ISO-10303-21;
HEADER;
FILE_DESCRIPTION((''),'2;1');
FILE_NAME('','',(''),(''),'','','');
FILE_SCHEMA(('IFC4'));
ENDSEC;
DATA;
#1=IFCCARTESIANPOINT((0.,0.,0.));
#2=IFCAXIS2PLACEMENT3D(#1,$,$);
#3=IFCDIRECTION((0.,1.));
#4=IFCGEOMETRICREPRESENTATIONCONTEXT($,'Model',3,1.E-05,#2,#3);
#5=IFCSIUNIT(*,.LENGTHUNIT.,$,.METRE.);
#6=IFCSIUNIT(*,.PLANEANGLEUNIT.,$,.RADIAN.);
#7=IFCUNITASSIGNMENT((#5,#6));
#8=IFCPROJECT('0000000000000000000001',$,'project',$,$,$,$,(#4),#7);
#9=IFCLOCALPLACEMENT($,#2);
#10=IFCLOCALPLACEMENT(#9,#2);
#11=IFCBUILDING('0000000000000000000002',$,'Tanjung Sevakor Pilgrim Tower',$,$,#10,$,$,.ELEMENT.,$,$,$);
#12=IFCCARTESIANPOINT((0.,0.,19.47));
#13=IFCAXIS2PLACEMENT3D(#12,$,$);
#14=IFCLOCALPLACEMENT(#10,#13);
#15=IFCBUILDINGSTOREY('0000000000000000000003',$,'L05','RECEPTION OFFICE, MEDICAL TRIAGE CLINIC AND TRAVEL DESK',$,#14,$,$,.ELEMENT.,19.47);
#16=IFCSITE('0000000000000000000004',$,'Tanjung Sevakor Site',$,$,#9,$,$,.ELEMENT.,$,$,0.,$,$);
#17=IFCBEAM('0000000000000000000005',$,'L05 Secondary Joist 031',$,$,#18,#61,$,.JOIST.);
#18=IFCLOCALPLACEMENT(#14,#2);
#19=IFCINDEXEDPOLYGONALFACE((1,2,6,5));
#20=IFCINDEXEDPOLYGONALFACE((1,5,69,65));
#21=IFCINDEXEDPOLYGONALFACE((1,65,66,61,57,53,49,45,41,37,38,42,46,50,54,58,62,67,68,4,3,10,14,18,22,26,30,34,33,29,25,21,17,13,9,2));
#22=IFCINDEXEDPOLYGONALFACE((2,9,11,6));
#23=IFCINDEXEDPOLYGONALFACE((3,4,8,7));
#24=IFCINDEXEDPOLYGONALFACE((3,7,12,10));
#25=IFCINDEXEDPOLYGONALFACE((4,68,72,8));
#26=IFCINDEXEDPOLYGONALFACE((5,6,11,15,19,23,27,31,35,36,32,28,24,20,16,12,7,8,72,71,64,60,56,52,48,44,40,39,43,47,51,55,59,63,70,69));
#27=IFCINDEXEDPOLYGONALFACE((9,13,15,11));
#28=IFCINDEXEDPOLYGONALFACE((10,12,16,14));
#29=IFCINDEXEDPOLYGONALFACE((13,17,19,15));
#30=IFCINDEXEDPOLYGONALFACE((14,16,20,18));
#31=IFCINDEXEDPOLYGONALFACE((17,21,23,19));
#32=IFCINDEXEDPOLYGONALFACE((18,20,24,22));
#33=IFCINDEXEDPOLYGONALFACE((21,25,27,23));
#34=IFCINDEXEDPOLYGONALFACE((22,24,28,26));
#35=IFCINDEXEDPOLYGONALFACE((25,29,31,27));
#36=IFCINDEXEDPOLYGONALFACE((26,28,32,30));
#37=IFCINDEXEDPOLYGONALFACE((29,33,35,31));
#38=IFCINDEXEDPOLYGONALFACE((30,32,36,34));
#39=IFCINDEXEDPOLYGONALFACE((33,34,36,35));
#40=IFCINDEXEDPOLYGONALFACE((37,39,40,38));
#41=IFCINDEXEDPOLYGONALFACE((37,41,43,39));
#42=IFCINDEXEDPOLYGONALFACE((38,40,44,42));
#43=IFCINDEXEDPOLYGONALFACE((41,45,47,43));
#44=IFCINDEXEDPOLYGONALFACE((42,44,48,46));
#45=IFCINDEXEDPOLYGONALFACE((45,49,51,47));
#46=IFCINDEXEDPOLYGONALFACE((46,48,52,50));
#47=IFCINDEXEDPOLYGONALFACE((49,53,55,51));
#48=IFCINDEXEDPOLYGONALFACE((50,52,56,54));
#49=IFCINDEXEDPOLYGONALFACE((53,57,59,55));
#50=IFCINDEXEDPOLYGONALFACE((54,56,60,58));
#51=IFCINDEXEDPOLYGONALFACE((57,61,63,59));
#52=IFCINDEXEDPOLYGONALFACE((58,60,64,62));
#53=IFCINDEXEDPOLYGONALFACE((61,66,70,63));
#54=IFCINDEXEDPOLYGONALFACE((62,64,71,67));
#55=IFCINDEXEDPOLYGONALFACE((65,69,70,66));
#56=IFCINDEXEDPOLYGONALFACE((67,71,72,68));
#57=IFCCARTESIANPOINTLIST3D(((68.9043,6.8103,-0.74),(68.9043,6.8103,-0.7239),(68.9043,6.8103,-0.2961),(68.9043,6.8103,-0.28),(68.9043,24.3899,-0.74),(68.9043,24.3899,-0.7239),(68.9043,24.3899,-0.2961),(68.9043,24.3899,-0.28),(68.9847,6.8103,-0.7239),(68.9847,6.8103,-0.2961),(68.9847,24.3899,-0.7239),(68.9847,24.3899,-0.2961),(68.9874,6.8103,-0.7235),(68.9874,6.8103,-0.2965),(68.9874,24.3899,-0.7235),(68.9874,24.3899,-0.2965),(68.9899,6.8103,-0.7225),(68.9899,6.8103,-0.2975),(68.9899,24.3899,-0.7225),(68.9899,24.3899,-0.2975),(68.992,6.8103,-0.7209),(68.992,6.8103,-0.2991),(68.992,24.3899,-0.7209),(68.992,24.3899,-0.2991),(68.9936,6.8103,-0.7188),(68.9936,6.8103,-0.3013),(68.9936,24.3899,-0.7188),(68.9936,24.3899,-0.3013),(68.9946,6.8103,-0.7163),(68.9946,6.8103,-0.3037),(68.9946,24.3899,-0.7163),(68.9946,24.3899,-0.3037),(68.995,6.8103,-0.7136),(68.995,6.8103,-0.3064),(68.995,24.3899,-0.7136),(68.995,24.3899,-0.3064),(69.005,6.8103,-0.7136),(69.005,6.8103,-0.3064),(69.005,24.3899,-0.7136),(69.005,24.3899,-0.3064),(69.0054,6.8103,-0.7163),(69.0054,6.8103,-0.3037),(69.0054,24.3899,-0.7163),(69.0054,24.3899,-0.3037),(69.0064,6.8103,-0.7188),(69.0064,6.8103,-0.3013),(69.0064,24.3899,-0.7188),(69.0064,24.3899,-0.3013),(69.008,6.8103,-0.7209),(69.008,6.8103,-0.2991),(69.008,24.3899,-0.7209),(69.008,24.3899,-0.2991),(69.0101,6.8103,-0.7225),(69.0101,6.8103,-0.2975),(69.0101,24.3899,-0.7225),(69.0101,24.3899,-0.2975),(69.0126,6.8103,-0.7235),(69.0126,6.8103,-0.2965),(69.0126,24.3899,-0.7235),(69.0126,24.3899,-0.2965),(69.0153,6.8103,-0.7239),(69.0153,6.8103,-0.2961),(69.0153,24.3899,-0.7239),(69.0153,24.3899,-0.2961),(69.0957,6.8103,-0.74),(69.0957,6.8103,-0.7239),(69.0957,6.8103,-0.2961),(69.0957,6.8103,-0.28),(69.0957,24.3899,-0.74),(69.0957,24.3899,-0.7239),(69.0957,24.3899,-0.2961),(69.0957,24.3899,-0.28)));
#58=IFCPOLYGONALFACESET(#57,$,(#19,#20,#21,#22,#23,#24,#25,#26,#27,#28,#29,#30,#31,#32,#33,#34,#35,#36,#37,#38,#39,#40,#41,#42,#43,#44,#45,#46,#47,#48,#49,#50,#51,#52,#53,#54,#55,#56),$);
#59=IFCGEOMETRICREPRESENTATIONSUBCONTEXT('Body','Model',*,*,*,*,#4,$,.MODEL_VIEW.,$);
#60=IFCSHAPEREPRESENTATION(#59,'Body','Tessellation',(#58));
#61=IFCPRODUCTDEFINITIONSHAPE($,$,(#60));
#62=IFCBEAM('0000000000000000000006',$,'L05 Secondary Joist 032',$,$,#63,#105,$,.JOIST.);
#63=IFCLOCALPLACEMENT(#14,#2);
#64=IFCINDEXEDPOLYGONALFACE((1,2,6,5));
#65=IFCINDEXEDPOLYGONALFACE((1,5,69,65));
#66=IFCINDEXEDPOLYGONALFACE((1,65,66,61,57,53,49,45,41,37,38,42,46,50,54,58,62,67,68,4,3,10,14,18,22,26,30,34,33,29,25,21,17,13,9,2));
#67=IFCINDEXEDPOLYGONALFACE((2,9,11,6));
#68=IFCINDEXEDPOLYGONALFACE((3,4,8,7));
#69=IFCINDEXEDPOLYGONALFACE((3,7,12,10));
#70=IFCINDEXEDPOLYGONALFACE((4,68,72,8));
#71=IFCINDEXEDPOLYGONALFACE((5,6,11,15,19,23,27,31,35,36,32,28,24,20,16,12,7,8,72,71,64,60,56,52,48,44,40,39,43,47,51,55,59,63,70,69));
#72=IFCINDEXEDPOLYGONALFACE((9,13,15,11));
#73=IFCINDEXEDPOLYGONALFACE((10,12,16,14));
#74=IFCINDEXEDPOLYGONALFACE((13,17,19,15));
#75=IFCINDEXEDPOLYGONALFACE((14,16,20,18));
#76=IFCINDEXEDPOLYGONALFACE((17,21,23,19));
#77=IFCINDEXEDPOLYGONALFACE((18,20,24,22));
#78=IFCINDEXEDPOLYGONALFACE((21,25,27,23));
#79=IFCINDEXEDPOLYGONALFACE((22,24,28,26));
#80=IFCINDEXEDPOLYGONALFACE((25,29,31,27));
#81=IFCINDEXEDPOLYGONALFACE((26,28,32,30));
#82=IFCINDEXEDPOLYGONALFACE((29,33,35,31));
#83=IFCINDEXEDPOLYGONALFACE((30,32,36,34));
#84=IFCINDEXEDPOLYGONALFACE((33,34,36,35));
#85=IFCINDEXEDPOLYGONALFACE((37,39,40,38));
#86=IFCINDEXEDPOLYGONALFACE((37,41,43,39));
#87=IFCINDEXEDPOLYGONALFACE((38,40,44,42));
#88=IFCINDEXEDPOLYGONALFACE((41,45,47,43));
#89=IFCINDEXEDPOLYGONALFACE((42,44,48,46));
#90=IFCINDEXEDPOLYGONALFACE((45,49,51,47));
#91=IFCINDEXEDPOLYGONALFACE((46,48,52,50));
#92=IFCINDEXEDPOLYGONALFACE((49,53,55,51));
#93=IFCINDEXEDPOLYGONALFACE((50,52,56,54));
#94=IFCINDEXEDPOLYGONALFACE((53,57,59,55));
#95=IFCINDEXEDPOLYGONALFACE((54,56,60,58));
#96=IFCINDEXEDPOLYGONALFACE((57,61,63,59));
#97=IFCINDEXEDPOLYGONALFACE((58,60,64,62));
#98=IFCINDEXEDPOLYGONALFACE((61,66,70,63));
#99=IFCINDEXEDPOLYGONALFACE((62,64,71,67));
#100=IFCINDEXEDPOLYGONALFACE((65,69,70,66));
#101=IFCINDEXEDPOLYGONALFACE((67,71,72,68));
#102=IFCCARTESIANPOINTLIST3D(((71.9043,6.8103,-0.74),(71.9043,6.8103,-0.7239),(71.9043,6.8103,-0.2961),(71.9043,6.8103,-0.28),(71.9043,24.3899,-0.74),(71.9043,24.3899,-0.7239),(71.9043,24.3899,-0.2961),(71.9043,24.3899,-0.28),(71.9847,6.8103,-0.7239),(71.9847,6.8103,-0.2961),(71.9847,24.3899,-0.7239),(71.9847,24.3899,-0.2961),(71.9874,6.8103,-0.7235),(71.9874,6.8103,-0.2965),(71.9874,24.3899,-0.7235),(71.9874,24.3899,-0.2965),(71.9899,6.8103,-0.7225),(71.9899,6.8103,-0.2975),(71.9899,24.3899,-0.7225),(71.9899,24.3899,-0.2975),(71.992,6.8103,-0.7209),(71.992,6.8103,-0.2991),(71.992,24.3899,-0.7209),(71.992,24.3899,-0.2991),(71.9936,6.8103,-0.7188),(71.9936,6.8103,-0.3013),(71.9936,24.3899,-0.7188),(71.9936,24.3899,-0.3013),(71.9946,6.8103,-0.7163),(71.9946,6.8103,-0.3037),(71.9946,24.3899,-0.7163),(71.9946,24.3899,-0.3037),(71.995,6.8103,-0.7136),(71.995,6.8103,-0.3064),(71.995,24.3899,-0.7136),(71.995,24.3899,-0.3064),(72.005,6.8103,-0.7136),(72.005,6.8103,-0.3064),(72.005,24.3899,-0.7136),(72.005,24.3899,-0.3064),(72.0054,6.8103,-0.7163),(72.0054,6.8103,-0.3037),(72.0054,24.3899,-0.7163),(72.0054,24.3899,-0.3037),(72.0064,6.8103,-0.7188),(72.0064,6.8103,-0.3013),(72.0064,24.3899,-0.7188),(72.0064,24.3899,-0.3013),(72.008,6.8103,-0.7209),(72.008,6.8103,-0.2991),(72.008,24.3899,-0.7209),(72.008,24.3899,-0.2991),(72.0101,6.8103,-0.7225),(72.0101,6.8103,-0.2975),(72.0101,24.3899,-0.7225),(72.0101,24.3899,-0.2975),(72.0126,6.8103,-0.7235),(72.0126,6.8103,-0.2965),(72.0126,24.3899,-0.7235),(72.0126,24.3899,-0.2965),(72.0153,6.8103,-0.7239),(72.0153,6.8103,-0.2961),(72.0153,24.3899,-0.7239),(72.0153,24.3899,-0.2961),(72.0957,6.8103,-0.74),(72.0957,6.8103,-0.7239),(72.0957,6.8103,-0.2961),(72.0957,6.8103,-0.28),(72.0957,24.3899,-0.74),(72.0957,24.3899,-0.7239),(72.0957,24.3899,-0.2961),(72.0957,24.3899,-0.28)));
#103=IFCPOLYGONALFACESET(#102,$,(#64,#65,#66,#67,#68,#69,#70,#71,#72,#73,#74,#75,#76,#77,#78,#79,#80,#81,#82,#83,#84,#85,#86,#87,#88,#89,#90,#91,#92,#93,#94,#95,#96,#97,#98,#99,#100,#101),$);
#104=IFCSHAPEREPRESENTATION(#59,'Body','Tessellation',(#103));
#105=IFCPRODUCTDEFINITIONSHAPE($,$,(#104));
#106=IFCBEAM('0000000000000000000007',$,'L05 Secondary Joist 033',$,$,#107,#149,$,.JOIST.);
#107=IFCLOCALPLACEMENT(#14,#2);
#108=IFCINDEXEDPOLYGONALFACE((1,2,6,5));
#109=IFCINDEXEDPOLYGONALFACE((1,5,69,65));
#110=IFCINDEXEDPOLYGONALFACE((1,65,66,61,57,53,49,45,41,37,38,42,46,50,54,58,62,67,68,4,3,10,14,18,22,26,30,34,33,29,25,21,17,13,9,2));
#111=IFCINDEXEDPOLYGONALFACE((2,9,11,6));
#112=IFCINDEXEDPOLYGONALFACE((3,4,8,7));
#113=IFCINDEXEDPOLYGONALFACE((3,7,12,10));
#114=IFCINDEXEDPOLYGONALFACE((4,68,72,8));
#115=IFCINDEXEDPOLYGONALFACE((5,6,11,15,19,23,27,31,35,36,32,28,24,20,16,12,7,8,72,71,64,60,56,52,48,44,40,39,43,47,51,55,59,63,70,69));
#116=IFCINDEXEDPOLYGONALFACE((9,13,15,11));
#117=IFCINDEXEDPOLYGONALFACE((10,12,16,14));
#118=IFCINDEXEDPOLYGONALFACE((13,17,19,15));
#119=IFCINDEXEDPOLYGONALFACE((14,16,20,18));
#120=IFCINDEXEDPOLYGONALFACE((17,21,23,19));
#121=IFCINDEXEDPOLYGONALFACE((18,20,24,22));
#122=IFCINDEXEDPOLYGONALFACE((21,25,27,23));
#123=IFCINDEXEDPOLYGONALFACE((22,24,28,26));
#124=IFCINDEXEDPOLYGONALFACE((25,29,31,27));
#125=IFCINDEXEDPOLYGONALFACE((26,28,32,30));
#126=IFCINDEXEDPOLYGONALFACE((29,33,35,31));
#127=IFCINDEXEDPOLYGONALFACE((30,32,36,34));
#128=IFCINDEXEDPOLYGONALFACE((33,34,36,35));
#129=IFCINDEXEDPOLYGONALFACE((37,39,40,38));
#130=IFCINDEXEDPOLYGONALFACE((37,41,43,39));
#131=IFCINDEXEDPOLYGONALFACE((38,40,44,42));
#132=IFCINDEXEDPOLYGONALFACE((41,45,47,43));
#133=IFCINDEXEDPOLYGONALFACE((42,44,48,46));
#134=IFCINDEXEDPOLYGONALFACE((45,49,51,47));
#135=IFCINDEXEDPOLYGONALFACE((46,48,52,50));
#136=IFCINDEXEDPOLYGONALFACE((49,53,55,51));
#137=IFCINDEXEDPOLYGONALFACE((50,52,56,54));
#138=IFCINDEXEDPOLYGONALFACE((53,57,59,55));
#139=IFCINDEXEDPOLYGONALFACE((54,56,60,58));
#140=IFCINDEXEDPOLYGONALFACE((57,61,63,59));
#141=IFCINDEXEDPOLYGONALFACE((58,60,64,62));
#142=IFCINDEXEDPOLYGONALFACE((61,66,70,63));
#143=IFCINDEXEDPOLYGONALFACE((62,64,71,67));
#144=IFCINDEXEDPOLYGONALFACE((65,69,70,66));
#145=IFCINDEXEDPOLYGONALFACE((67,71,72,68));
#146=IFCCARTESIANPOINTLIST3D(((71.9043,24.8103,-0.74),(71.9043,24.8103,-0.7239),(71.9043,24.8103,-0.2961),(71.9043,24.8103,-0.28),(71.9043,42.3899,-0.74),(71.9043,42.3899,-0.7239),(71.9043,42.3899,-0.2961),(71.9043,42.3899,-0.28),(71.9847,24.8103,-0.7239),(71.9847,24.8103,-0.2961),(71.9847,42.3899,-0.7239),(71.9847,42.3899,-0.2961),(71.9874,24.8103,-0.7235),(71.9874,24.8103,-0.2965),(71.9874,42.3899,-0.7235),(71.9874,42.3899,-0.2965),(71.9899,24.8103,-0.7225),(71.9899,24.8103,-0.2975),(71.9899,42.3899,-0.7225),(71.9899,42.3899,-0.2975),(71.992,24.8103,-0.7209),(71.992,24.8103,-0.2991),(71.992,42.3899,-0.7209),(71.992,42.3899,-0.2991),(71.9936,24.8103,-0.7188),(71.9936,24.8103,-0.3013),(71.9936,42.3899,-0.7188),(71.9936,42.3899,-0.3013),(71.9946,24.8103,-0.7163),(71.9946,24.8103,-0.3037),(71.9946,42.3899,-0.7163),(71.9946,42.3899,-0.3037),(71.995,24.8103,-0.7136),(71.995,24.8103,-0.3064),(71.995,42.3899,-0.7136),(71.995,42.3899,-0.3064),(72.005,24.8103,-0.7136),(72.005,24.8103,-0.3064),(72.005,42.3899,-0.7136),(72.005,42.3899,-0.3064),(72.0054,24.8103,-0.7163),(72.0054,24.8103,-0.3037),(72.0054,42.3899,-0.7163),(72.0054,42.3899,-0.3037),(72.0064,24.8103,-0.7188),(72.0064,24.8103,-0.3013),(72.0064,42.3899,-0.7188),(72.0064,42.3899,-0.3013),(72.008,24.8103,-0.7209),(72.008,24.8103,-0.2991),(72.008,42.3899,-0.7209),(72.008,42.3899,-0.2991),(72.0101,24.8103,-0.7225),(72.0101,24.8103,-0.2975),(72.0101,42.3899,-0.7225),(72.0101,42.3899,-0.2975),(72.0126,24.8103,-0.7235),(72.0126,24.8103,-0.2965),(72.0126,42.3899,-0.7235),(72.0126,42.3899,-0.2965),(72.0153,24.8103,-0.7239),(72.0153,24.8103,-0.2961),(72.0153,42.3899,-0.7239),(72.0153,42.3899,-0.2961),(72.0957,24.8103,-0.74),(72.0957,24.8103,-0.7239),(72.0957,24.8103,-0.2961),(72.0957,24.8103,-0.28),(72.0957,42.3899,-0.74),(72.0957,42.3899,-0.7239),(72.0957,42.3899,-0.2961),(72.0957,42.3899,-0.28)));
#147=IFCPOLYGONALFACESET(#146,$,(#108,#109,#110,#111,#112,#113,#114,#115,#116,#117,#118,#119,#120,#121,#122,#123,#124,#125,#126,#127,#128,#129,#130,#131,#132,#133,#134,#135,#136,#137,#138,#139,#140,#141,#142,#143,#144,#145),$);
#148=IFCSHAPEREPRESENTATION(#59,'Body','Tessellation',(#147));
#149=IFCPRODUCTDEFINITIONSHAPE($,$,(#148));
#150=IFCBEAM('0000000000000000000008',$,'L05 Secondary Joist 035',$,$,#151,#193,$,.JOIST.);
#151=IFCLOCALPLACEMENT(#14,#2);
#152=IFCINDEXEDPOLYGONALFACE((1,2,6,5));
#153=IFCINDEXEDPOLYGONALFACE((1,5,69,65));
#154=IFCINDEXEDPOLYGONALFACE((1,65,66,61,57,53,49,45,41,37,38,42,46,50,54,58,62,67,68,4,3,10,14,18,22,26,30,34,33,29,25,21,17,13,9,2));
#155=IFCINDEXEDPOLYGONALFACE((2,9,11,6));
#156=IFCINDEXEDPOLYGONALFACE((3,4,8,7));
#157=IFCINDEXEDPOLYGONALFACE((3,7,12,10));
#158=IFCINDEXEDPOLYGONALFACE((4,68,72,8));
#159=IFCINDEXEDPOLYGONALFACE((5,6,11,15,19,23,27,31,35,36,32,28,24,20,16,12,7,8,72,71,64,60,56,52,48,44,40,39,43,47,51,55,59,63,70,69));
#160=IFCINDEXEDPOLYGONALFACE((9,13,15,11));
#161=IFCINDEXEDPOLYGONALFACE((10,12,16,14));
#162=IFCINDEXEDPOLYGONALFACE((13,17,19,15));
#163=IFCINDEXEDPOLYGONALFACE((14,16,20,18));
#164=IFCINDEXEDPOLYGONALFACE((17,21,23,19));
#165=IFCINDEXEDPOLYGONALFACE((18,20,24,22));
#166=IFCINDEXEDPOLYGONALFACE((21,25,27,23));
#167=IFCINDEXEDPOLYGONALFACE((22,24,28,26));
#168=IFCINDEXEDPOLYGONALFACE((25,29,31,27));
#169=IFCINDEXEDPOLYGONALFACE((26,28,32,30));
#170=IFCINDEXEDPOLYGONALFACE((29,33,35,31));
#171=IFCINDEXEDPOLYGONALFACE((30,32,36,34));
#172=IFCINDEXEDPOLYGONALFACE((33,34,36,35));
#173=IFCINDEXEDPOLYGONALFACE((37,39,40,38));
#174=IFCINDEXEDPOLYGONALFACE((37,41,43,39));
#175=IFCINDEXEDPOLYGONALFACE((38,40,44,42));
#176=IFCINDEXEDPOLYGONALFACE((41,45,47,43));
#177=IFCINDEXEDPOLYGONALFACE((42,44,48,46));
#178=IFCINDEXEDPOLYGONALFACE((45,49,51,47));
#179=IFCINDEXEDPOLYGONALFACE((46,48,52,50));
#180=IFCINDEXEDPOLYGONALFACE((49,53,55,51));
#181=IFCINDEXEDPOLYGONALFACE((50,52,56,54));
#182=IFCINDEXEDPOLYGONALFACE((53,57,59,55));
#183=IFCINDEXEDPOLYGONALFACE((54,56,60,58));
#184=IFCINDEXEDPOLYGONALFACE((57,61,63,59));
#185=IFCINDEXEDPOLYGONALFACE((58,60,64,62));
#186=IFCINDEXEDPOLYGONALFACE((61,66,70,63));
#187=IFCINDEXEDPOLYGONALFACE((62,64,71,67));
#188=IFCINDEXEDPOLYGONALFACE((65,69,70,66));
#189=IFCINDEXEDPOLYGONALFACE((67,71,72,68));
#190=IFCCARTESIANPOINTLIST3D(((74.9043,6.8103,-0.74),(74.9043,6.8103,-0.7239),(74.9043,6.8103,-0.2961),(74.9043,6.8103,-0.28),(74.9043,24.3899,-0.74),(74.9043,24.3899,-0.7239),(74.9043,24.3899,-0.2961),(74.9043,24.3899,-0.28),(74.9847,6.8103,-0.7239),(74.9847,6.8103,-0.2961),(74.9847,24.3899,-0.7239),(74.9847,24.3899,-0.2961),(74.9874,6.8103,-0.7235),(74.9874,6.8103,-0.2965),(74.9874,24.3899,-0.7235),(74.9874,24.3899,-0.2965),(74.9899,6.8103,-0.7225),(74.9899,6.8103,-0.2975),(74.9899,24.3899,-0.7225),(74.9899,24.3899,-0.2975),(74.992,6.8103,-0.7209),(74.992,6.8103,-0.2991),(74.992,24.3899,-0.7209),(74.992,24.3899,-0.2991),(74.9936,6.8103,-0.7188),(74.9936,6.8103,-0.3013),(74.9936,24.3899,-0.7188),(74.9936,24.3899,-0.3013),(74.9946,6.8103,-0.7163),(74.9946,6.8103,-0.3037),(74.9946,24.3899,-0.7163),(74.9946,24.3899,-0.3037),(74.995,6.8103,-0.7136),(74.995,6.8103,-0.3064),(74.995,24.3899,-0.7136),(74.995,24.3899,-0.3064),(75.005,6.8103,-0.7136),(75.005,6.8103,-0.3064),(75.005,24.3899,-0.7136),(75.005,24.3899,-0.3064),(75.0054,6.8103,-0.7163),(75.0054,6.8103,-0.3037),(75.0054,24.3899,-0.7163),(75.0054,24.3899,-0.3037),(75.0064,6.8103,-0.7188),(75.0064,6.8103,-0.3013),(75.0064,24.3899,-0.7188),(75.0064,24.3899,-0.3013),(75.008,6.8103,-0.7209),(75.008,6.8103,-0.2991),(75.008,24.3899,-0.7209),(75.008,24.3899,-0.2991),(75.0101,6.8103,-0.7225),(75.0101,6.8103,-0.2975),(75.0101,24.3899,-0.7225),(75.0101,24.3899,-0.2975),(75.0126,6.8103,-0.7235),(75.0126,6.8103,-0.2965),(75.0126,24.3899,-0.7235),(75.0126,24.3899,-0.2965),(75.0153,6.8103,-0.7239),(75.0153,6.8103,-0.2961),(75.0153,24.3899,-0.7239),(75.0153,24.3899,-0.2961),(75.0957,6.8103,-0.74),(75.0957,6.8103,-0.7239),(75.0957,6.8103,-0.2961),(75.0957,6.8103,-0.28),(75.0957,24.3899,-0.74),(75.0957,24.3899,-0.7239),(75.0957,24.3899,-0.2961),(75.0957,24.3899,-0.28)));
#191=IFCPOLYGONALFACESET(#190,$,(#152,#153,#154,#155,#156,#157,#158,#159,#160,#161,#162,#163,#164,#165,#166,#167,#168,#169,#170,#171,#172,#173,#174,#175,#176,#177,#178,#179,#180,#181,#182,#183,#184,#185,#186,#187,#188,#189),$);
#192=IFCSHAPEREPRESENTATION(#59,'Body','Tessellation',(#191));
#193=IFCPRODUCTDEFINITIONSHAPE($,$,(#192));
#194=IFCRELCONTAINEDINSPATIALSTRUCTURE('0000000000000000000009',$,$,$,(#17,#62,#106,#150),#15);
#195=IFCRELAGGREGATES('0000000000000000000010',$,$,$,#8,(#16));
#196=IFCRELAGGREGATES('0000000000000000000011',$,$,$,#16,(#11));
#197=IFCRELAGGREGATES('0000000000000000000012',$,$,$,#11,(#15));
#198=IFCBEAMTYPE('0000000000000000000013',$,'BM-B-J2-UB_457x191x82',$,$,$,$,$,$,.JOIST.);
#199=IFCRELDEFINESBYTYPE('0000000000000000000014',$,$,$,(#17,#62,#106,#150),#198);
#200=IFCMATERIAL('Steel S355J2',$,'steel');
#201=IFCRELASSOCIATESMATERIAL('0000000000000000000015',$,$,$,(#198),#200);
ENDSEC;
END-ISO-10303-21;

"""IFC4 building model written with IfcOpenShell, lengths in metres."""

from ifc_helpers import new_model, si_unit, direction, frame, origin, origin_2d, place, context, subcontext, project, spatial, i_section, extrude, material, material_profile, profile_set, type_object, element, save


model = new_model("IFC4")

# Units and contexts
model_context = context("Model", 3, precision=1e-05, world=origin(), true_north=direction((0.0, 1.0)))
body_context = subcontext(model_context, "Body", "Model", "MODEL_VIEW")
ifc_project = project(units=[si_unit("LENGTHUNIT", "METRE"), si_unit("PLANEANGLEUNIT", "RADIAN")], contexts=[model_context])

# Site, building, storey
site_placement = place(None, origin())
site = spatial("IfcSite", under=ifc_project, at=site_placement, Name="Tanjung Sevakor Site", CompositionType="ELEMENT", RefElevation=0.0)
building_placement = place(site_placement, origin())
building = spatial("IfcBuilding", under=site, at=building_placement, Name="Tanjung Sevakor Pilgrim Tower", CompositionType="ELEMENT")
storey_placement = place(building_placement, frame((0.0, 0.0, 19.47)))
storey = spatial("IfcBuildingStorey", under=building, at=storey_placement, Name="L05", Description="RECEPTION OFFICE, MEDICAL TRIAGE CLINIC AND TRAVEL DESK", CompositionType="ELEMENT", Elevation=19.47)

# Beams
ifc_material_1 = material(Name="Steel S355J2", Category="steel")
ifc_material_profile_1 = material_profile(ifc_material_1, i_section(OverallWidth=0.1914, OverallDepth=0.46, WebThickness=0.01, FlangeThickness=0.0161, FilletRadius=0.0103, at=origin_2d()))
ifc_profile_set_1 = profile_set([ifc_material_profile_1], Name="Steel S355J2")
beam_type_1 = type_object("IfcBeamType", Name="BM-B-J2-UB_457x191x82", PredefinedType="JOIST", material=ifc_profile_set_1)
for number, where, z_axis, x_axis, name in (
    (1, (69.0, 6.8103, -0.51), (0.0, 1.0, 0.0), (-1.0, 0.0, 0.0), "L05 Secondary Joist 031"),
    (2, (72.0, 6.8103, -0.51), (0.0, 1.0, 0.0), (-1.0, 0.0, 0.0), "L05 Secondary Joist 032"),
    (3, (72.0, 24.8103, -0.51), (0.0, 1.0, 0.0), (-1.0, 0.0, 0.0), "L05 Secondary Joist 033"),
    (4, (75.0, 6.8103, -0.51), (0.0, 1.0, 0.0), (-1.0, 0.0, 0.0), "L05 Secondary Joist 035"),
):
    element("IfcBeam", number, at=place(storey_placement, frame(where, z_axis=z_axis, x_axis=x_axis)), inside=storey, type_object=beam_type_1, Name=name, PredefinedType="JOIST", context=body_context, shape_type="SweptSolid", body=[
        extrude(i_section(OverallWidth=0.1914, OverallDepth=0.46, WebThickness=0.01, FlangeThickness=0.0161, FilletRadius=0.0103, at=origin_2d()), origin(), (0.0, 0.0, 1.0), 17.5796),
    ])

save(model, "model.ifc")
